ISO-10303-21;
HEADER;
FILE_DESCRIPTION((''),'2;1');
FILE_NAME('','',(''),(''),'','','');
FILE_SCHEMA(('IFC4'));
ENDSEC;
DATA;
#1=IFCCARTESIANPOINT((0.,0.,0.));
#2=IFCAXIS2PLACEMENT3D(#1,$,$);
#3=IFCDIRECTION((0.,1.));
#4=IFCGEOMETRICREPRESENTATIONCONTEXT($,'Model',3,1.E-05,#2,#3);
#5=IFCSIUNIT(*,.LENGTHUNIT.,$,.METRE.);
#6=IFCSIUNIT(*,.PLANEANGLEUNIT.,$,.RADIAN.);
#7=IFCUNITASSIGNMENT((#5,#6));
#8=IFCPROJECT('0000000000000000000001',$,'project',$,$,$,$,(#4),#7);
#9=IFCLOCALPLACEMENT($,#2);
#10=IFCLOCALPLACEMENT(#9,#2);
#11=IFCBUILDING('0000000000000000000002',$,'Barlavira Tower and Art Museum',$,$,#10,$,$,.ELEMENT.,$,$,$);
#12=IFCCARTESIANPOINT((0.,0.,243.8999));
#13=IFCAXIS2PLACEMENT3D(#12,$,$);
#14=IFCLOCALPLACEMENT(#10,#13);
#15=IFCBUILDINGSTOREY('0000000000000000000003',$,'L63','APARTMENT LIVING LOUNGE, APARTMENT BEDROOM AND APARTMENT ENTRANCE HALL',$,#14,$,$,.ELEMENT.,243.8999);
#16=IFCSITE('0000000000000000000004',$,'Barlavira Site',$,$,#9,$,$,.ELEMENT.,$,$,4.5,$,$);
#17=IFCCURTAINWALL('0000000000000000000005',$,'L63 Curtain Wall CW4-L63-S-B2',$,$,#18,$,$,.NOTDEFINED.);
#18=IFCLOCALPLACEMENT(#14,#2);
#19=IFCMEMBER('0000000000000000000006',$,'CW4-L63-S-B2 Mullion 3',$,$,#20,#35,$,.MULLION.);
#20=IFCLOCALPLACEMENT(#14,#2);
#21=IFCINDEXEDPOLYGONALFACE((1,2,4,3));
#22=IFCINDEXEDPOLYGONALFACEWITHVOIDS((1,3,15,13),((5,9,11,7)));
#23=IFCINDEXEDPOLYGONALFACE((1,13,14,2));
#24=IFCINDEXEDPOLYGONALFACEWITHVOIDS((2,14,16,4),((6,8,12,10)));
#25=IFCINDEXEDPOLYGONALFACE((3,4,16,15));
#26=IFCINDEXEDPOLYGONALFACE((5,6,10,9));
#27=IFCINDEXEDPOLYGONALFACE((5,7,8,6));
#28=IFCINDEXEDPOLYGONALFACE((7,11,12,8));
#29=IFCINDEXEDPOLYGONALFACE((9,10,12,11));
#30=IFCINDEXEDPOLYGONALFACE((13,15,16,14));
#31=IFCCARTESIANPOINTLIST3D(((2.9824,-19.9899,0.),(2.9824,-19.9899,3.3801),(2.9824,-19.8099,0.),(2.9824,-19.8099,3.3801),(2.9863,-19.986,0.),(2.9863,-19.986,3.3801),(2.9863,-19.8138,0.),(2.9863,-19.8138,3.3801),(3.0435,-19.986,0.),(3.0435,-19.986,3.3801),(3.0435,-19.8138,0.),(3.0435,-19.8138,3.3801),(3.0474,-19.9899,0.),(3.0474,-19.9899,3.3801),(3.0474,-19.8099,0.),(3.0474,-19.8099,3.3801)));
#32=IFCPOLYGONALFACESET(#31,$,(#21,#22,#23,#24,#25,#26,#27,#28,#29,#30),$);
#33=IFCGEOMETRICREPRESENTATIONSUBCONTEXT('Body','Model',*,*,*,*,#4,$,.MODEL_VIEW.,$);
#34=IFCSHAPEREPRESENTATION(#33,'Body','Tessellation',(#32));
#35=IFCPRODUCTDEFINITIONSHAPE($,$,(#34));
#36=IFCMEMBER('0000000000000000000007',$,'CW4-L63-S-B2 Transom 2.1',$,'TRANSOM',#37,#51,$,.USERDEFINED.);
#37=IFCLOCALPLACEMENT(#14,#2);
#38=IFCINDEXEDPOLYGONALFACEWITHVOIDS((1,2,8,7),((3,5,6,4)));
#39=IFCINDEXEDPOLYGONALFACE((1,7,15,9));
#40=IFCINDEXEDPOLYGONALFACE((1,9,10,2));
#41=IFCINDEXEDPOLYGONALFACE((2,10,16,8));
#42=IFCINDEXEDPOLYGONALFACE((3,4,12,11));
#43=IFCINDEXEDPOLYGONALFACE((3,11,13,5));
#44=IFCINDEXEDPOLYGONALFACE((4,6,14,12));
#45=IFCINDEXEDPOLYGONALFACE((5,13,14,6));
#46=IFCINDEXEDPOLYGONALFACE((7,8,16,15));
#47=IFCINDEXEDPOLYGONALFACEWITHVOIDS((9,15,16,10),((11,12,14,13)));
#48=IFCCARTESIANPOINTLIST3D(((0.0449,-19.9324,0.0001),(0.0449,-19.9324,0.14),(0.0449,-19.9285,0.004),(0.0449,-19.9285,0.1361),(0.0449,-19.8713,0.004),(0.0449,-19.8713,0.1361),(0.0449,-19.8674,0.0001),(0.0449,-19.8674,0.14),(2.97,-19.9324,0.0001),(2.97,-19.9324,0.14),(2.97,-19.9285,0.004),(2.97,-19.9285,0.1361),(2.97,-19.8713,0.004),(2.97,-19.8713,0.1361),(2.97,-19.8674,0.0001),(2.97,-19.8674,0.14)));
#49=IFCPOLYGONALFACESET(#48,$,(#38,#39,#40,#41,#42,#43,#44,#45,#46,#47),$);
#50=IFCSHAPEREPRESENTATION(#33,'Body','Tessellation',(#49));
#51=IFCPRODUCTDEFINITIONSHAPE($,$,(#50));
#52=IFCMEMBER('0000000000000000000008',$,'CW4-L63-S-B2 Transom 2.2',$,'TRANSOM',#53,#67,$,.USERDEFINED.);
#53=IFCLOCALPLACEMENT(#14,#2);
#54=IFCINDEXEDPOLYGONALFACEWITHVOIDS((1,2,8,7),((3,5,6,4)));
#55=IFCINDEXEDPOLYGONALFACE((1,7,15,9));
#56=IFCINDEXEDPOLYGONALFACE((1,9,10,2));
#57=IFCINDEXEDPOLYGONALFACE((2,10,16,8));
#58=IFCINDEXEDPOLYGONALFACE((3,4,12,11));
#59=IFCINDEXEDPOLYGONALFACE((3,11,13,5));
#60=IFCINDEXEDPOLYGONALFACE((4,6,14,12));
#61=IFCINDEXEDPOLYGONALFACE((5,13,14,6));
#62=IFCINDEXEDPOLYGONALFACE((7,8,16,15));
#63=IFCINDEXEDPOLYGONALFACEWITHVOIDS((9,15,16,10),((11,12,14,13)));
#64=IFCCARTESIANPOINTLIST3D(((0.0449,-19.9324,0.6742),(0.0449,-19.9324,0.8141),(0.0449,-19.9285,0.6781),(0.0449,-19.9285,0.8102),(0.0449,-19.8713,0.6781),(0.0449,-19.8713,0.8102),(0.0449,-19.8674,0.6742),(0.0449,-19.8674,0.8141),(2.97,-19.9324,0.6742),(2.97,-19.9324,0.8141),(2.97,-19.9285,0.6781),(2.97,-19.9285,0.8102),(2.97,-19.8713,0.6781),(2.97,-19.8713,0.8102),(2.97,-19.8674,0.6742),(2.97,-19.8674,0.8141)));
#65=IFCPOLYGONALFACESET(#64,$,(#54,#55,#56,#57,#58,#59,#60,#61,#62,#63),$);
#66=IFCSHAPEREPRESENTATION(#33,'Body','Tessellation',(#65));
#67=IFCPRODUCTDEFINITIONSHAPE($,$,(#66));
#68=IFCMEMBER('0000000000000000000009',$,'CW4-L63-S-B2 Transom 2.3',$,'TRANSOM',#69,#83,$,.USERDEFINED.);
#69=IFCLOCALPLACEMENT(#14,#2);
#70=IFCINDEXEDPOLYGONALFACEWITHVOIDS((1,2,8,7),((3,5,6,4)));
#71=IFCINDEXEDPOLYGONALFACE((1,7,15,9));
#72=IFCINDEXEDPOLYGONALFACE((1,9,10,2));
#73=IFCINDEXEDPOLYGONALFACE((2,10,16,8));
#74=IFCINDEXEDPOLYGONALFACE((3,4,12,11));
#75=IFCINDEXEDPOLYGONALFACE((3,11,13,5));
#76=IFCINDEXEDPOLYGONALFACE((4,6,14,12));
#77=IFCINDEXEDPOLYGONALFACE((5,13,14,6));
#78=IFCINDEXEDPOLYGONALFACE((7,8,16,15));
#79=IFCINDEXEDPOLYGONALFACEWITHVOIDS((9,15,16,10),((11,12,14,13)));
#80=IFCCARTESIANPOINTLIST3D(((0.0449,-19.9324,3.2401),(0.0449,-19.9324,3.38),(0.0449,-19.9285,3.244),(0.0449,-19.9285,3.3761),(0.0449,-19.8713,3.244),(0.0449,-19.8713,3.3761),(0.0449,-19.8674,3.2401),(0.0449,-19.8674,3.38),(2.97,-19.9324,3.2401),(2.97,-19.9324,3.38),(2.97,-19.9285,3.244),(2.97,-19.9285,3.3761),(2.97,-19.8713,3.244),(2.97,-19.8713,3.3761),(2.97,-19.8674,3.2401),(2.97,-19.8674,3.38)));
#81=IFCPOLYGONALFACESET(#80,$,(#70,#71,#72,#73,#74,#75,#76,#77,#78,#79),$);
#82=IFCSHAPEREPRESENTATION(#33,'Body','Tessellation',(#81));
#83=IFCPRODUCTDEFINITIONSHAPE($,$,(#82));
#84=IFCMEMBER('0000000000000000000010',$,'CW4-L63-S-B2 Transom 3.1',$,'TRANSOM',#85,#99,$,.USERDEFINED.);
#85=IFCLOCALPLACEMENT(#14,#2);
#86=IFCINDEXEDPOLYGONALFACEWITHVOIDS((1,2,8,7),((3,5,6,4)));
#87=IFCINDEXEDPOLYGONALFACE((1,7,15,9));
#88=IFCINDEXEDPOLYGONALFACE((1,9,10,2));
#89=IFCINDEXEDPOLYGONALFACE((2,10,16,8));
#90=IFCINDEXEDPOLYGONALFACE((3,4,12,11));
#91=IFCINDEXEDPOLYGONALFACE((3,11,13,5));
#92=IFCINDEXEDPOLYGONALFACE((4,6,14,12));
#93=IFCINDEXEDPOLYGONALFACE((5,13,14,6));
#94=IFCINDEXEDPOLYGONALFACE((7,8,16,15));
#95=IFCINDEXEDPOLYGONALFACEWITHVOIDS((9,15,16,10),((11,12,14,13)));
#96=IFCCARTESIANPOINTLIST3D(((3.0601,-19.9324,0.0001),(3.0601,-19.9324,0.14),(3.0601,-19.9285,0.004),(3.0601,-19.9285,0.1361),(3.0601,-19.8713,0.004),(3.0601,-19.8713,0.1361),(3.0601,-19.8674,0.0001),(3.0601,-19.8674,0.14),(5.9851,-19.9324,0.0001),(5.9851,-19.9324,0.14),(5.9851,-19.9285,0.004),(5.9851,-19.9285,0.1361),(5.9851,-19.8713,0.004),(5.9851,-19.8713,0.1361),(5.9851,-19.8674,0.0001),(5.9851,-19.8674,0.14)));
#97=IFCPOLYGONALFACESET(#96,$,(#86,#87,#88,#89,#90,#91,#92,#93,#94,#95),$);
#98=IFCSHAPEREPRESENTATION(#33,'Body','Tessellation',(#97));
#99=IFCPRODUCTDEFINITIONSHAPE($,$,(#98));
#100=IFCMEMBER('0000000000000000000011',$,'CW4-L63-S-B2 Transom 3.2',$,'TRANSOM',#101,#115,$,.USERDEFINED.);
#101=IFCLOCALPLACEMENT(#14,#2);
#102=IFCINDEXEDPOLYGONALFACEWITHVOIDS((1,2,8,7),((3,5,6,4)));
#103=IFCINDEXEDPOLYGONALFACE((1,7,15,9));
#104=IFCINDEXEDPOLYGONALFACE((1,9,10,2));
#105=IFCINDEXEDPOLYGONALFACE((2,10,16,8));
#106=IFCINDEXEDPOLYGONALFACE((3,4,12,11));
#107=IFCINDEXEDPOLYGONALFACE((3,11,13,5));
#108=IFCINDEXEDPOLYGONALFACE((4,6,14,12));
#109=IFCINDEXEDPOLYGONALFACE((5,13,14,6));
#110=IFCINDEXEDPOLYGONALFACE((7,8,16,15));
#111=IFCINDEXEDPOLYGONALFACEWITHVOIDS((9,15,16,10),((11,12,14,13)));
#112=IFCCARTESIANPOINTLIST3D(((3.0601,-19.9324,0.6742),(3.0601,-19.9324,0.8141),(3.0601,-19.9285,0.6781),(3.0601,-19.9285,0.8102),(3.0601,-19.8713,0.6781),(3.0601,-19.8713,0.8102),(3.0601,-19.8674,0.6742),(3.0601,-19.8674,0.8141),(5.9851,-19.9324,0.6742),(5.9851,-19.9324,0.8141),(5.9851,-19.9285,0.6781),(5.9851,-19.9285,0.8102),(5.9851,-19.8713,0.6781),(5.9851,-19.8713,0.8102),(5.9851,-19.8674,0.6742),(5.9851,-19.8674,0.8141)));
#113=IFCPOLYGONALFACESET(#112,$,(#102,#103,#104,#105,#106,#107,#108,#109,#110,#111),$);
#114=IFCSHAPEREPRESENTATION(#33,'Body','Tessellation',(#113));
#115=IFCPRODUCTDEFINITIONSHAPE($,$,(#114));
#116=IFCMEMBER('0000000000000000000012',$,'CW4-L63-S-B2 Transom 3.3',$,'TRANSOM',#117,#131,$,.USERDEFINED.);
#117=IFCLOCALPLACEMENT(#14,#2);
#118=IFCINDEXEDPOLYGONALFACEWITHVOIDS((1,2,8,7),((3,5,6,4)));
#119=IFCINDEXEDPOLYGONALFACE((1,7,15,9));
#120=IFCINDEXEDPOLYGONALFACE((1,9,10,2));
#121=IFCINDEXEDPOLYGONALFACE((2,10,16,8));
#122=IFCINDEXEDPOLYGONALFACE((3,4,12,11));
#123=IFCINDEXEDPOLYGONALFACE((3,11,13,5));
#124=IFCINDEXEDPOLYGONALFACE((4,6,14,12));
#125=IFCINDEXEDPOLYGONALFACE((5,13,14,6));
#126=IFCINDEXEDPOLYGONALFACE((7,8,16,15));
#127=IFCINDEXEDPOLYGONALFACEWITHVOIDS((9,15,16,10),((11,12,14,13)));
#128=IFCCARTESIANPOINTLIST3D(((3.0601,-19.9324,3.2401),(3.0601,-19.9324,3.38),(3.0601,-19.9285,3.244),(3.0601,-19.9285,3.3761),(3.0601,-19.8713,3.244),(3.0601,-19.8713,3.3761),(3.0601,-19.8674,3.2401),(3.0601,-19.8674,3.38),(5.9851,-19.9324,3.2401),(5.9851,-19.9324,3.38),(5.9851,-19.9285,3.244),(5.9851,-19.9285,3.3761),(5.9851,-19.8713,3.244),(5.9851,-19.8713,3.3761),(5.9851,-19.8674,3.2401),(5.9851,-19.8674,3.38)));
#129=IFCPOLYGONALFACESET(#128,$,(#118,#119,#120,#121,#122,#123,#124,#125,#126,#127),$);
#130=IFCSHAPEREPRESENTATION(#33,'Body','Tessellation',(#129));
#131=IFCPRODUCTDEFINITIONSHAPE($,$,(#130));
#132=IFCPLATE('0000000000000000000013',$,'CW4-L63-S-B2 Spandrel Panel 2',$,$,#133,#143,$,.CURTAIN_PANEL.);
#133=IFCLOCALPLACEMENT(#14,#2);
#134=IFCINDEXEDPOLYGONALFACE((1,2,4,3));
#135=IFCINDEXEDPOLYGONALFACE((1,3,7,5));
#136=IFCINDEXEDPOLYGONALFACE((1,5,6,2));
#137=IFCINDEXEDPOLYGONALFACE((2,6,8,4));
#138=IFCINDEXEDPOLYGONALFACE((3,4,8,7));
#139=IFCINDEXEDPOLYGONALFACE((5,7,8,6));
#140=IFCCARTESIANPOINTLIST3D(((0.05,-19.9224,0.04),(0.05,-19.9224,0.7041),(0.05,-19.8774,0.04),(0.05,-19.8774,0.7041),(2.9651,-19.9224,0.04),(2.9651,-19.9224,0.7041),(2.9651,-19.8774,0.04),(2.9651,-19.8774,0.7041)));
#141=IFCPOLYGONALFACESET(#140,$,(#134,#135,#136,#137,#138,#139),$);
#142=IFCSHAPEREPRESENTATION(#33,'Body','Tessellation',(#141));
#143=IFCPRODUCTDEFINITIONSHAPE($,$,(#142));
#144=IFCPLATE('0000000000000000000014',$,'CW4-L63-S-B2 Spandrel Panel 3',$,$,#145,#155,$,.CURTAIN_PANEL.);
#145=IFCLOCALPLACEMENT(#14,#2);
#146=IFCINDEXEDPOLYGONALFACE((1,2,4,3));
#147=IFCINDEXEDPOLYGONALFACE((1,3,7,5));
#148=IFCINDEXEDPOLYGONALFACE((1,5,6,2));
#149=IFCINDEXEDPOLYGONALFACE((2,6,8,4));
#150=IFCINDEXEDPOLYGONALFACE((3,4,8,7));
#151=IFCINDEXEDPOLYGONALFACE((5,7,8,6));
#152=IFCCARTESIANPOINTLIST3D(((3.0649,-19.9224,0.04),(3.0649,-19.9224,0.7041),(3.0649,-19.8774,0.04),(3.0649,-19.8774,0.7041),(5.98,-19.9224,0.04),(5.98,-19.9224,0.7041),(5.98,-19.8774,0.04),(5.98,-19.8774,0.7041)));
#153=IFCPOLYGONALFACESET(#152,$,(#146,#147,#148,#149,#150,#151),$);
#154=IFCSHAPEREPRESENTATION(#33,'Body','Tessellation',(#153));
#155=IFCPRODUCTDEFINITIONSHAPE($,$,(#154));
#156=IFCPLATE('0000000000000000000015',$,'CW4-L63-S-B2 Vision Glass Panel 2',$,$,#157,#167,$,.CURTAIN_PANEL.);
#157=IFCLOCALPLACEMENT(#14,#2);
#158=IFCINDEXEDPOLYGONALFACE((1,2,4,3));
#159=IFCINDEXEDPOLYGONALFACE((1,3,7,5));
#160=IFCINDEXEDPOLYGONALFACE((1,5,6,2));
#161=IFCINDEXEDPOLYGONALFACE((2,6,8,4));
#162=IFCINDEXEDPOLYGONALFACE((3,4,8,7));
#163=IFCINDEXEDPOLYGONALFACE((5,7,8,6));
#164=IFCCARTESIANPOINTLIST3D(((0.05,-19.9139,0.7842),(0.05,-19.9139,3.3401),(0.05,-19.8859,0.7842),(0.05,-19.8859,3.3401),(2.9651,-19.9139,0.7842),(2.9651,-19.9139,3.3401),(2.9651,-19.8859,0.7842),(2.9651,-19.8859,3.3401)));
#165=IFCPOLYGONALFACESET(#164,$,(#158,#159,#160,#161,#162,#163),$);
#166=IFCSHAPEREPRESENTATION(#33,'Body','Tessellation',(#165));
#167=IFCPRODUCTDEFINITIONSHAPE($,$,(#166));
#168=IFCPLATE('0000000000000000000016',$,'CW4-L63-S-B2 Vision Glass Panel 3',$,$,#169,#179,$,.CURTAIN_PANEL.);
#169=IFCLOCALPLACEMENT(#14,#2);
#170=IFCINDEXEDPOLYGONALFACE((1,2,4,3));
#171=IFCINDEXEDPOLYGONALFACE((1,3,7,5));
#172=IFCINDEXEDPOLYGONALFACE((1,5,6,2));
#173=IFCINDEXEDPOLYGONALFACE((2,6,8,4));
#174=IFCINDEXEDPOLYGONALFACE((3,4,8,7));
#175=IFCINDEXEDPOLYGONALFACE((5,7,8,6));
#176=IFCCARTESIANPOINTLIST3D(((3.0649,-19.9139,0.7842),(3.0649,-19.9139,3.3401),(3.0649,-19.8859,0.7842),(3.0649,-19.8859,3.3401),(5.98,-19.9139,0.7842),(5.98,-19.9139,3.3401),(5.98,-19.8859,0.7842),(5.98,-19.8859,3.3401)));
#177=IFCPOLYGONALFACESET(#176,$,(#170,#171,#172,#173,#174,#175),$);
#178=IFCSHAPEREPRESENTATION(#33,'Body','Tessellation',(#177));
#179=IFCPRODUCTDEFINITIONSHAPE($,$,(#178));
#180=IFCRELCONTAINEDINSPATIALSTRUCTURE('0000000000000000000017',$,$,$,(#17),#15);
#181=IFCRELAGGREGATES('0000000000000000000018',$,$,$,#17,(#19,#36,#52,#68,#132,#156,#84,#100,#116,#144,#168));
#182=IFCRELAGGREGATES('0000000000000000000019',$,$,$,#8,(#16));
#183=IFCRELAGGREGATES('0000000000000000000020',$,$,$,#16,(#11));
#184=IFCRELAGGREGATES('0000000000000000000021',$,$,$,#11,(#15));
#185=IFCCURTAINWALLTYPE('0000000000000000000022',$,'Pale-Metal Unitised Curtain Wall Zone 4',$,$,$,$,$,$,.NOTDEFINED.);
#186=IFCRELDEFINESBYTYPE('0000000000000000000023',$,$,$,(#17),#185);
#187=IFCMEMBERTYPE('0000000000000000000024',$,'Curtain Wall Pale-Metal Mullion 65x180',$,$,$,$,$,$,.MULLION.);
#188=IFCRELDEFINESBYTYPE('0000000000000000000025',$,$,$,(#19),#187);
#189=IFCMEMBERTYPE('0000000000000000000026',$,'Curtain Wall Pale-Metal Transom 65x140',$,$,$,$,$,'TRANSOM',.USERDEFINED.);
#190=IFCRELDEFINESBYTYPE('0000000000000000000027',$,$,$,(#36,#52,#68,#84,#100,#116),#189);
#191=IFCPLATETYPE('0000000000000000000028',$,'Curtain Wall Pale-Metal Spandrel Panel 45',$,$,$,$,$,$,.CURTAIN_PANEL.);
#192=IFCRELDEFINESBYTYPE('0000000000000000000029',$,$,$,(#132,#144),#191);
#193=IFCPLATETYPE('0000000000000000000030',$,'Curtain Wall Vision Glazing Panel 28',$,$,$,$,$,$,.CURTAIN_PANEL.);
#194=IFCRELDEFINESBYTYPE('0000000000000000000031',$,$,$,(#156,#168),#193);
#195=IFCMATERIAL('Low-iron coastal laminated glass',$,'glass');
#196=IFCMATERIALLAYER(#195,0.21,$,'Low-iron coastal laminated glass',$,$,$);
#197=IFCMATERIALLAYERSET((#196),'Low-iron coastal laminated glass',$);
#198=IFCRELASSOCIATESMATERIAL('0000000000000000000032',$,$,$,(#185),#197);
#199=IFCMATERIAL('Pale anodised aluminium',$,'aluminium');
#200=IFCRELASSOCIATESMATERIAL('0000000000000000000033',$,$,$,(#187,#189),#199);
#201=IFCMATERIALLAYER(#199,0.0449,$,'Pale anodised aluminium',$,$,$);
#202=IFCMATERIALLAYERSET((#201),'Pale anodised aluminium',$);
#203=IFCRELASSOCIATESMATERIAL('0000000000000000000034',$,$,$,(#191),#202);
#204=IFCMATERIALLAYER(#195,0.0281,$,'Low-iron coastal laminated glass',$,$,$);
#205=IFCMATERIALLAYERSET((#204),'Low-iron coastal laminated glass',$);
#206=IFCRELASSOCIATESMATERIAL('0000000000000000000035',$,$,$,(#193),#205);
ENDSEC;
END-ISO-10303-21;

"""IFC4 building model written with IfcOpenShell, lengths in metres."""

from ifc_helpers import new_model, si_unit, direction, frame, origin, origin_2d, place, context, subcontext, project, spatial, rectangle, hollow_rectangle, extrude, material, layer, layer_set, material_profile, profile_set, type_object, element, aggregate, save


model = new_model("IFC4")

# Units and contexts
model_context = context("Model", 3, precision=1e-05, world=origin(), true_north=direction((0.0, 1.0)))
body_context = subcontext(model_context, "Body", "Model", "MODEL_VIEW")
ifc_project = project(units=[si_unit("LENGTHUNIT", "METRE"), si_unit("PLANEANGLEUNIT", "RADIAN")], contexts=[model_context])

# Site, building, storey
site_placement = place(None, origin())
site = spatial("IfcSite", under=ifc_project, at=site_placement, Name="Barlavira Site", CompositionType="ELEMENT", RefElevation=4.5)
building_placement = place(site_placement, origin())
building = spatial("IfcBuilding", under=site, at=building_placement, Name="Barlavira Tower and Art Museum", CompositionType="ELEMENT")
storey_placement = place(building_placement, frame((0.0, 0.0, 243.8999)))
storey = spatial("IfcBuildingStorey", under=building, at=storey_placement, Name="L63", Description="APARTMENT LIVING LOUNGE, APARTMENT BEDROOM AND APARTMENT ENTRANCE HALL", CompositionType="ELEMENT", Elevation=243.8999)

# Curtain wall, members, plates
ifc_material_1 = material(Name="Low-iron coastal laminated glass", Category="glass")
ifc_layer_1 = layer(ifc_material_1, 0.21, Name="Low-iron coastal laminated glass")
ifc_layer_set_1 = layer_set([ifc_layer_1], Name="Low-iron coastal laminated glass")
curtain_wall_type = type_object("IfcCurtainWallType", Name="Pale-Metal Unitised Curtain Wall Zone 4", PredefinedType="NOTDEFINED", material=ifc_layer_set_1)
curtain_wall_placement = place(storey_placement, origin())
curtain_wall = element("IfcCurtainWall", 1, at=curtain_wall_placement, inside=storey, type_object=curtain_wall_type, Name="L63 Curtain Wall CW4-L63-S-B2", PredefinedType="NOTDEFINED")
ifc_material_2 = material(Name="Pale anodised aluminium", Category="aluminium")
ifc_material_profile_1 = material_profile(ifc_material_2, hollow_rectangle(XDim=0.0649, YDim=0.1799, WallThickness=0.0039, at=origin_2d()), Name="ALU-MULL 65x180x4")
ifc_profile_set_1 = profile_set([ifc_material_profile_1], Name="Pale anodised aluminium")
member_type_1 = type_object("IfcMemberType", Name="Curtain Wall Pale-Metal Mullion 65x180", PredefinedType="MULLION", material=ifc_profile_set_1)
member_1_placement = place(storey_placement, frame((3.0149, -19.8999, 0.0), z_axis=(0.0, 0.0, 1.0), x_axis=(1.0, 0.0, 0.0)))
member_1 = element("IfcMember", 2, at=member_1_placement, type_object=member_type_1, Name="CW4-L63-S-B2 Mullion 3", PredefinedType="MULLION", context=body_context, shape_type="SweptSolid", body=[
    extrude(hollow_rectangle(XDim=0.0649, YDim=0.1799, WallThickness=0.0039, at=origin_2d()), origin(), (0.0, 0.0, 1.0), 3.3801),
])
ifc_material_profile_2 = material_profile(ifc_material_2, hollow_rectangle(XDim=0.0649, YDim=0.1399, WallThickness=0.0039, at=origin_2d()), Name="ALU-TRAN 65x140x4")
ifc_profile_set_2 = profile_set([ifc_material_profile_2], Name="Pale anodised aluminium")
member_type_2 = type_object("IfcMemberType", Name="Curtain Wall Pale-Metal Transom 65x140", ElementType="TRANSOM", PredefinedType="USERDEFINED", material=ifc_profile_set_2)
member_2_placement = place(storey_placement, frame((0.0449, -19.8999, 0.0701), z_axis=(1.0, 0.0, 0.0), x_axis=(0.0, 1.0, 0.0)))
member_2 = element("IfcMember", 3, at=member_2_placement, type_object=member_type_2, Name="CW4-L63-S-B2 Transom 2.1", ObjectType="TRANSOM", PredefinedType="USERDEFINED", context=body_context, shape_type="SweptSolid", body=[
    extrude(hollow_rectangle(XDim=0.0649, YDim=0.1399, WallThickness=0.0039, at=origin_2d()), origin(), (0.0, 0.0, 1.0), 2.925),
])
member_3_placement = place(storey_placement, frame((0.0449, -19.8999, 0.7441), z_axis=(1.0, 0.0, 0.0), x_axis=(0.0, 1.0, 0.0)))
member_3 = element("IfcMember", 4, at=member_3_placement, type_object=member_type_2, Name="CW4-L63-S-B2 Transom 2.2", ObjectType="TRANSOM", PredefinedType="USERDEFINED", context=body_context, shape_type="SweptSolid", body=[
    extrude(hollow_rectangle(XDim=0.0649, YDim=0.1399, WallThickness=0.0039, at=origin_2d()), origin(), (0.0, 0.0, 1.0), 2.925),
])
member_4_placement = place(storey_placement, frame((0.0449, -19.8999, 3.3101), z_axis=(1.0, 0.0, 0.0), x_axis=(0.0, 1.0, 0.0)))
member_4 = element("IfcMember", 5, at=member_4_placement, type_object=member_type_2, Name="CW4-L63-S-B2 Transom 2.3", ObjectType="TRANSOM", PredefinedType="USERDEFINED", context=body_context, shape_type="SweptSolid", body=[
    extrude(hollow_rectangle(XDim=0.0649, YDim=0.1399, WallThickness=0.0039, at=origin_2d()), origin(), (0.0, 0.0, 1.0), 2.925),
])
member_5_placement = place(storey_placement, frame((3.0601, -19.8999, 0.0701), z_axis=(1.0, 0.0, 0.0), x_axis=(0.0, 1.0, 0.0)))
member_5 = element("IfcMember", 6, at=member_5_placement, type_object=member_type_2, Name="CW4-L63-S-B2 Transom 3.1", ObjectType="TRANSOM", PredefinedType="USERDEFINED", context=body_context, shape_type="SweptSolid", body=[
    extrude(hollow_rectangle(XDim=0.0649, YDim=0.1399, WallThickness=0.0039, at=origin_2d()), origin(), (0.0, 0.0, 1.0), 2.925),
])
member_6_placement = place(storey_placement, frame((3.0601, -19.8999, 0.7441), z_axis=(1.0, 0.0, 0.0), x_axis=(0.0, 1.0, 0.0)))
member_6 = element("IfcMember", 7, at=member_6_placement, type_object=member_type_2, Name="CW4-L63-S-B2 Transom 3.2", ObjectType="TRANSOM", PredefinedType="USERDEFINED", context=body_context, shape_type="SweptSolid", body=[
    extrude(hollow_rectangle(XDim=0.0649, YDim=0.1399, WallThickness=0.0039, at=origin_2d()), origin(), (0.0, 0.0, 1.0), 2.925),
])
member_7_placement = place(storey_placement, frame((3.0601, -19.8999, 3.3101), z_axis=(1.0, 0.0, 0.0), x_axis=(0.0, 1.0, 0.0)))
member_7 = element("IfcMember", 8, at=member_7_placement, type_object=member_type_2, Name="CW4-L63-S-B2 Transom 3.3", ObjectType="TRANSOM", PredefinedType="USERDEFINED", context=body_context, shape_type="SweptSolid", body=[
    extrude(hollow_rectangle(XDim=0.0649, YDim=0.1399, WallThickness=0.0039, at=origin_2d()), origin(), (0.0, 0.0, 1.0), 2.925),
])
ifc_layer_2 = layer(ifc_material_2, 0.0449, Name="Pale anodised aluminium")
ifc_layer_set_2 = layer_set([ifc_layer_2], Name="Pale anodised aluminium")
plate_type_1 = type_object("IfcPlateType", Name="Curtain Wall Pale-Metal Spandrel Panel 45", PredefinedType="CURTAIN_PANEL", material=ifc_layer_set_2)
plate_1_placement = place(storey_placement, frame((1.5076, -19.8999, 0.04), z_axis=(0.0, 0.0, 1.0), x_axis=(1.0, 0.0, 0.0)))
plate_1 = element("IfcPlate", 9, at=plate_1_placement, type_object=plate_type_1, Name="CW4-L63-S-B2 Spandrel Panel 2", PredefinedType="CURTAIN_PANEL", context=body_context, shape_type="SweptSolid", body=[
    extrude(rectangle(XDim=2.915, YDim=0.0449, at=origin_2d()), origin(), (0.0, 0.0, 1.0), 0.6641),
])
plate_2_placement = place(storey_placement, frame((4.5225, -19.8999, 0.04), z_axis=(0.0, 0.0, 1.0), x_axis=(1.0, 0.0, 0.0)))
plate_2 = element("IfcPlate", 10, at=plate_2_placement, type_object=plate_type_1, Name="CW4-L63-S-B2 Spandrel Panel 3", PredefinedType="CURTAIN_PANEL", context=body_context, shape_type="SweptSolid", body=[
    extrude(rectangle(XDim=2.915, YDim=0.0449, at=origin_2d()), origin(), (0.0, 0.0, 1.0), 0.6641),
])
ifc_layer_3 = layer(ifc_material_1, 0.0281, Name="Low-iron coastal laminated glass")
ifc_layer_set_3 = layer_set([ifc_layer_3], Name="Low-iron coastal laminated glass")
plate_type_2 = type_object("IfcPlateType", Name="Curtain Wall Vision Glazing Panel 28", PredefinedType="CURTAIN_PANEL", material=ifc_layer_set_3)
plate_3_placement = place(storey_placement, frame((1.5076, -19.8999, 0.7842), z_axis=(0.0, 0.0, 1.0), x_axis=(1.0, 0.0, 0.0)))
plate_3 = element("IfcPlate", 11, at=plate_3_placement, type_object=plate_type_2, Name="CW4-L63-S-B2 Vision Glass Panel 2", PredefinedType="CURTAIN_PANEL", context=body_context, shape_type="SweptSolid", body=[
    extrude(rectangle(XDim=2.915, YDim=0.0281, at=origin_2d()), origin(), (0.0, 0.0, 1.0), 2.5559),
])
plate_4_placement = place(storey_placement, frame((4.5225, -19.8999, 0.7842), z_axis=(0.0, 0.0, 1.0), x_axis=(1.0, 0.0, 0.0)))
plate_4 = element("IfcPlate", 12, at=plate_4_placement, type_object=plate_type_2, Name="CW4-L63-S-B2 Vision Glass Panel 3", PredefinedType="CURTAIN_PANEL", context=body_context, shape_type="SweptSolid", body=[
    extrude(rectangle(XDim=2.915, YDim=0.0281, at=origin_2d()), origin(), (0.0, 0.0, 1.0), 2.5559),
])
aggregate(curtain_wall, [member_1, member_2, member_3, member_4, plate_1, plate_3, member_5, member_6, member_7, plate_2, plate_4])

save(model, "model.ifc")
